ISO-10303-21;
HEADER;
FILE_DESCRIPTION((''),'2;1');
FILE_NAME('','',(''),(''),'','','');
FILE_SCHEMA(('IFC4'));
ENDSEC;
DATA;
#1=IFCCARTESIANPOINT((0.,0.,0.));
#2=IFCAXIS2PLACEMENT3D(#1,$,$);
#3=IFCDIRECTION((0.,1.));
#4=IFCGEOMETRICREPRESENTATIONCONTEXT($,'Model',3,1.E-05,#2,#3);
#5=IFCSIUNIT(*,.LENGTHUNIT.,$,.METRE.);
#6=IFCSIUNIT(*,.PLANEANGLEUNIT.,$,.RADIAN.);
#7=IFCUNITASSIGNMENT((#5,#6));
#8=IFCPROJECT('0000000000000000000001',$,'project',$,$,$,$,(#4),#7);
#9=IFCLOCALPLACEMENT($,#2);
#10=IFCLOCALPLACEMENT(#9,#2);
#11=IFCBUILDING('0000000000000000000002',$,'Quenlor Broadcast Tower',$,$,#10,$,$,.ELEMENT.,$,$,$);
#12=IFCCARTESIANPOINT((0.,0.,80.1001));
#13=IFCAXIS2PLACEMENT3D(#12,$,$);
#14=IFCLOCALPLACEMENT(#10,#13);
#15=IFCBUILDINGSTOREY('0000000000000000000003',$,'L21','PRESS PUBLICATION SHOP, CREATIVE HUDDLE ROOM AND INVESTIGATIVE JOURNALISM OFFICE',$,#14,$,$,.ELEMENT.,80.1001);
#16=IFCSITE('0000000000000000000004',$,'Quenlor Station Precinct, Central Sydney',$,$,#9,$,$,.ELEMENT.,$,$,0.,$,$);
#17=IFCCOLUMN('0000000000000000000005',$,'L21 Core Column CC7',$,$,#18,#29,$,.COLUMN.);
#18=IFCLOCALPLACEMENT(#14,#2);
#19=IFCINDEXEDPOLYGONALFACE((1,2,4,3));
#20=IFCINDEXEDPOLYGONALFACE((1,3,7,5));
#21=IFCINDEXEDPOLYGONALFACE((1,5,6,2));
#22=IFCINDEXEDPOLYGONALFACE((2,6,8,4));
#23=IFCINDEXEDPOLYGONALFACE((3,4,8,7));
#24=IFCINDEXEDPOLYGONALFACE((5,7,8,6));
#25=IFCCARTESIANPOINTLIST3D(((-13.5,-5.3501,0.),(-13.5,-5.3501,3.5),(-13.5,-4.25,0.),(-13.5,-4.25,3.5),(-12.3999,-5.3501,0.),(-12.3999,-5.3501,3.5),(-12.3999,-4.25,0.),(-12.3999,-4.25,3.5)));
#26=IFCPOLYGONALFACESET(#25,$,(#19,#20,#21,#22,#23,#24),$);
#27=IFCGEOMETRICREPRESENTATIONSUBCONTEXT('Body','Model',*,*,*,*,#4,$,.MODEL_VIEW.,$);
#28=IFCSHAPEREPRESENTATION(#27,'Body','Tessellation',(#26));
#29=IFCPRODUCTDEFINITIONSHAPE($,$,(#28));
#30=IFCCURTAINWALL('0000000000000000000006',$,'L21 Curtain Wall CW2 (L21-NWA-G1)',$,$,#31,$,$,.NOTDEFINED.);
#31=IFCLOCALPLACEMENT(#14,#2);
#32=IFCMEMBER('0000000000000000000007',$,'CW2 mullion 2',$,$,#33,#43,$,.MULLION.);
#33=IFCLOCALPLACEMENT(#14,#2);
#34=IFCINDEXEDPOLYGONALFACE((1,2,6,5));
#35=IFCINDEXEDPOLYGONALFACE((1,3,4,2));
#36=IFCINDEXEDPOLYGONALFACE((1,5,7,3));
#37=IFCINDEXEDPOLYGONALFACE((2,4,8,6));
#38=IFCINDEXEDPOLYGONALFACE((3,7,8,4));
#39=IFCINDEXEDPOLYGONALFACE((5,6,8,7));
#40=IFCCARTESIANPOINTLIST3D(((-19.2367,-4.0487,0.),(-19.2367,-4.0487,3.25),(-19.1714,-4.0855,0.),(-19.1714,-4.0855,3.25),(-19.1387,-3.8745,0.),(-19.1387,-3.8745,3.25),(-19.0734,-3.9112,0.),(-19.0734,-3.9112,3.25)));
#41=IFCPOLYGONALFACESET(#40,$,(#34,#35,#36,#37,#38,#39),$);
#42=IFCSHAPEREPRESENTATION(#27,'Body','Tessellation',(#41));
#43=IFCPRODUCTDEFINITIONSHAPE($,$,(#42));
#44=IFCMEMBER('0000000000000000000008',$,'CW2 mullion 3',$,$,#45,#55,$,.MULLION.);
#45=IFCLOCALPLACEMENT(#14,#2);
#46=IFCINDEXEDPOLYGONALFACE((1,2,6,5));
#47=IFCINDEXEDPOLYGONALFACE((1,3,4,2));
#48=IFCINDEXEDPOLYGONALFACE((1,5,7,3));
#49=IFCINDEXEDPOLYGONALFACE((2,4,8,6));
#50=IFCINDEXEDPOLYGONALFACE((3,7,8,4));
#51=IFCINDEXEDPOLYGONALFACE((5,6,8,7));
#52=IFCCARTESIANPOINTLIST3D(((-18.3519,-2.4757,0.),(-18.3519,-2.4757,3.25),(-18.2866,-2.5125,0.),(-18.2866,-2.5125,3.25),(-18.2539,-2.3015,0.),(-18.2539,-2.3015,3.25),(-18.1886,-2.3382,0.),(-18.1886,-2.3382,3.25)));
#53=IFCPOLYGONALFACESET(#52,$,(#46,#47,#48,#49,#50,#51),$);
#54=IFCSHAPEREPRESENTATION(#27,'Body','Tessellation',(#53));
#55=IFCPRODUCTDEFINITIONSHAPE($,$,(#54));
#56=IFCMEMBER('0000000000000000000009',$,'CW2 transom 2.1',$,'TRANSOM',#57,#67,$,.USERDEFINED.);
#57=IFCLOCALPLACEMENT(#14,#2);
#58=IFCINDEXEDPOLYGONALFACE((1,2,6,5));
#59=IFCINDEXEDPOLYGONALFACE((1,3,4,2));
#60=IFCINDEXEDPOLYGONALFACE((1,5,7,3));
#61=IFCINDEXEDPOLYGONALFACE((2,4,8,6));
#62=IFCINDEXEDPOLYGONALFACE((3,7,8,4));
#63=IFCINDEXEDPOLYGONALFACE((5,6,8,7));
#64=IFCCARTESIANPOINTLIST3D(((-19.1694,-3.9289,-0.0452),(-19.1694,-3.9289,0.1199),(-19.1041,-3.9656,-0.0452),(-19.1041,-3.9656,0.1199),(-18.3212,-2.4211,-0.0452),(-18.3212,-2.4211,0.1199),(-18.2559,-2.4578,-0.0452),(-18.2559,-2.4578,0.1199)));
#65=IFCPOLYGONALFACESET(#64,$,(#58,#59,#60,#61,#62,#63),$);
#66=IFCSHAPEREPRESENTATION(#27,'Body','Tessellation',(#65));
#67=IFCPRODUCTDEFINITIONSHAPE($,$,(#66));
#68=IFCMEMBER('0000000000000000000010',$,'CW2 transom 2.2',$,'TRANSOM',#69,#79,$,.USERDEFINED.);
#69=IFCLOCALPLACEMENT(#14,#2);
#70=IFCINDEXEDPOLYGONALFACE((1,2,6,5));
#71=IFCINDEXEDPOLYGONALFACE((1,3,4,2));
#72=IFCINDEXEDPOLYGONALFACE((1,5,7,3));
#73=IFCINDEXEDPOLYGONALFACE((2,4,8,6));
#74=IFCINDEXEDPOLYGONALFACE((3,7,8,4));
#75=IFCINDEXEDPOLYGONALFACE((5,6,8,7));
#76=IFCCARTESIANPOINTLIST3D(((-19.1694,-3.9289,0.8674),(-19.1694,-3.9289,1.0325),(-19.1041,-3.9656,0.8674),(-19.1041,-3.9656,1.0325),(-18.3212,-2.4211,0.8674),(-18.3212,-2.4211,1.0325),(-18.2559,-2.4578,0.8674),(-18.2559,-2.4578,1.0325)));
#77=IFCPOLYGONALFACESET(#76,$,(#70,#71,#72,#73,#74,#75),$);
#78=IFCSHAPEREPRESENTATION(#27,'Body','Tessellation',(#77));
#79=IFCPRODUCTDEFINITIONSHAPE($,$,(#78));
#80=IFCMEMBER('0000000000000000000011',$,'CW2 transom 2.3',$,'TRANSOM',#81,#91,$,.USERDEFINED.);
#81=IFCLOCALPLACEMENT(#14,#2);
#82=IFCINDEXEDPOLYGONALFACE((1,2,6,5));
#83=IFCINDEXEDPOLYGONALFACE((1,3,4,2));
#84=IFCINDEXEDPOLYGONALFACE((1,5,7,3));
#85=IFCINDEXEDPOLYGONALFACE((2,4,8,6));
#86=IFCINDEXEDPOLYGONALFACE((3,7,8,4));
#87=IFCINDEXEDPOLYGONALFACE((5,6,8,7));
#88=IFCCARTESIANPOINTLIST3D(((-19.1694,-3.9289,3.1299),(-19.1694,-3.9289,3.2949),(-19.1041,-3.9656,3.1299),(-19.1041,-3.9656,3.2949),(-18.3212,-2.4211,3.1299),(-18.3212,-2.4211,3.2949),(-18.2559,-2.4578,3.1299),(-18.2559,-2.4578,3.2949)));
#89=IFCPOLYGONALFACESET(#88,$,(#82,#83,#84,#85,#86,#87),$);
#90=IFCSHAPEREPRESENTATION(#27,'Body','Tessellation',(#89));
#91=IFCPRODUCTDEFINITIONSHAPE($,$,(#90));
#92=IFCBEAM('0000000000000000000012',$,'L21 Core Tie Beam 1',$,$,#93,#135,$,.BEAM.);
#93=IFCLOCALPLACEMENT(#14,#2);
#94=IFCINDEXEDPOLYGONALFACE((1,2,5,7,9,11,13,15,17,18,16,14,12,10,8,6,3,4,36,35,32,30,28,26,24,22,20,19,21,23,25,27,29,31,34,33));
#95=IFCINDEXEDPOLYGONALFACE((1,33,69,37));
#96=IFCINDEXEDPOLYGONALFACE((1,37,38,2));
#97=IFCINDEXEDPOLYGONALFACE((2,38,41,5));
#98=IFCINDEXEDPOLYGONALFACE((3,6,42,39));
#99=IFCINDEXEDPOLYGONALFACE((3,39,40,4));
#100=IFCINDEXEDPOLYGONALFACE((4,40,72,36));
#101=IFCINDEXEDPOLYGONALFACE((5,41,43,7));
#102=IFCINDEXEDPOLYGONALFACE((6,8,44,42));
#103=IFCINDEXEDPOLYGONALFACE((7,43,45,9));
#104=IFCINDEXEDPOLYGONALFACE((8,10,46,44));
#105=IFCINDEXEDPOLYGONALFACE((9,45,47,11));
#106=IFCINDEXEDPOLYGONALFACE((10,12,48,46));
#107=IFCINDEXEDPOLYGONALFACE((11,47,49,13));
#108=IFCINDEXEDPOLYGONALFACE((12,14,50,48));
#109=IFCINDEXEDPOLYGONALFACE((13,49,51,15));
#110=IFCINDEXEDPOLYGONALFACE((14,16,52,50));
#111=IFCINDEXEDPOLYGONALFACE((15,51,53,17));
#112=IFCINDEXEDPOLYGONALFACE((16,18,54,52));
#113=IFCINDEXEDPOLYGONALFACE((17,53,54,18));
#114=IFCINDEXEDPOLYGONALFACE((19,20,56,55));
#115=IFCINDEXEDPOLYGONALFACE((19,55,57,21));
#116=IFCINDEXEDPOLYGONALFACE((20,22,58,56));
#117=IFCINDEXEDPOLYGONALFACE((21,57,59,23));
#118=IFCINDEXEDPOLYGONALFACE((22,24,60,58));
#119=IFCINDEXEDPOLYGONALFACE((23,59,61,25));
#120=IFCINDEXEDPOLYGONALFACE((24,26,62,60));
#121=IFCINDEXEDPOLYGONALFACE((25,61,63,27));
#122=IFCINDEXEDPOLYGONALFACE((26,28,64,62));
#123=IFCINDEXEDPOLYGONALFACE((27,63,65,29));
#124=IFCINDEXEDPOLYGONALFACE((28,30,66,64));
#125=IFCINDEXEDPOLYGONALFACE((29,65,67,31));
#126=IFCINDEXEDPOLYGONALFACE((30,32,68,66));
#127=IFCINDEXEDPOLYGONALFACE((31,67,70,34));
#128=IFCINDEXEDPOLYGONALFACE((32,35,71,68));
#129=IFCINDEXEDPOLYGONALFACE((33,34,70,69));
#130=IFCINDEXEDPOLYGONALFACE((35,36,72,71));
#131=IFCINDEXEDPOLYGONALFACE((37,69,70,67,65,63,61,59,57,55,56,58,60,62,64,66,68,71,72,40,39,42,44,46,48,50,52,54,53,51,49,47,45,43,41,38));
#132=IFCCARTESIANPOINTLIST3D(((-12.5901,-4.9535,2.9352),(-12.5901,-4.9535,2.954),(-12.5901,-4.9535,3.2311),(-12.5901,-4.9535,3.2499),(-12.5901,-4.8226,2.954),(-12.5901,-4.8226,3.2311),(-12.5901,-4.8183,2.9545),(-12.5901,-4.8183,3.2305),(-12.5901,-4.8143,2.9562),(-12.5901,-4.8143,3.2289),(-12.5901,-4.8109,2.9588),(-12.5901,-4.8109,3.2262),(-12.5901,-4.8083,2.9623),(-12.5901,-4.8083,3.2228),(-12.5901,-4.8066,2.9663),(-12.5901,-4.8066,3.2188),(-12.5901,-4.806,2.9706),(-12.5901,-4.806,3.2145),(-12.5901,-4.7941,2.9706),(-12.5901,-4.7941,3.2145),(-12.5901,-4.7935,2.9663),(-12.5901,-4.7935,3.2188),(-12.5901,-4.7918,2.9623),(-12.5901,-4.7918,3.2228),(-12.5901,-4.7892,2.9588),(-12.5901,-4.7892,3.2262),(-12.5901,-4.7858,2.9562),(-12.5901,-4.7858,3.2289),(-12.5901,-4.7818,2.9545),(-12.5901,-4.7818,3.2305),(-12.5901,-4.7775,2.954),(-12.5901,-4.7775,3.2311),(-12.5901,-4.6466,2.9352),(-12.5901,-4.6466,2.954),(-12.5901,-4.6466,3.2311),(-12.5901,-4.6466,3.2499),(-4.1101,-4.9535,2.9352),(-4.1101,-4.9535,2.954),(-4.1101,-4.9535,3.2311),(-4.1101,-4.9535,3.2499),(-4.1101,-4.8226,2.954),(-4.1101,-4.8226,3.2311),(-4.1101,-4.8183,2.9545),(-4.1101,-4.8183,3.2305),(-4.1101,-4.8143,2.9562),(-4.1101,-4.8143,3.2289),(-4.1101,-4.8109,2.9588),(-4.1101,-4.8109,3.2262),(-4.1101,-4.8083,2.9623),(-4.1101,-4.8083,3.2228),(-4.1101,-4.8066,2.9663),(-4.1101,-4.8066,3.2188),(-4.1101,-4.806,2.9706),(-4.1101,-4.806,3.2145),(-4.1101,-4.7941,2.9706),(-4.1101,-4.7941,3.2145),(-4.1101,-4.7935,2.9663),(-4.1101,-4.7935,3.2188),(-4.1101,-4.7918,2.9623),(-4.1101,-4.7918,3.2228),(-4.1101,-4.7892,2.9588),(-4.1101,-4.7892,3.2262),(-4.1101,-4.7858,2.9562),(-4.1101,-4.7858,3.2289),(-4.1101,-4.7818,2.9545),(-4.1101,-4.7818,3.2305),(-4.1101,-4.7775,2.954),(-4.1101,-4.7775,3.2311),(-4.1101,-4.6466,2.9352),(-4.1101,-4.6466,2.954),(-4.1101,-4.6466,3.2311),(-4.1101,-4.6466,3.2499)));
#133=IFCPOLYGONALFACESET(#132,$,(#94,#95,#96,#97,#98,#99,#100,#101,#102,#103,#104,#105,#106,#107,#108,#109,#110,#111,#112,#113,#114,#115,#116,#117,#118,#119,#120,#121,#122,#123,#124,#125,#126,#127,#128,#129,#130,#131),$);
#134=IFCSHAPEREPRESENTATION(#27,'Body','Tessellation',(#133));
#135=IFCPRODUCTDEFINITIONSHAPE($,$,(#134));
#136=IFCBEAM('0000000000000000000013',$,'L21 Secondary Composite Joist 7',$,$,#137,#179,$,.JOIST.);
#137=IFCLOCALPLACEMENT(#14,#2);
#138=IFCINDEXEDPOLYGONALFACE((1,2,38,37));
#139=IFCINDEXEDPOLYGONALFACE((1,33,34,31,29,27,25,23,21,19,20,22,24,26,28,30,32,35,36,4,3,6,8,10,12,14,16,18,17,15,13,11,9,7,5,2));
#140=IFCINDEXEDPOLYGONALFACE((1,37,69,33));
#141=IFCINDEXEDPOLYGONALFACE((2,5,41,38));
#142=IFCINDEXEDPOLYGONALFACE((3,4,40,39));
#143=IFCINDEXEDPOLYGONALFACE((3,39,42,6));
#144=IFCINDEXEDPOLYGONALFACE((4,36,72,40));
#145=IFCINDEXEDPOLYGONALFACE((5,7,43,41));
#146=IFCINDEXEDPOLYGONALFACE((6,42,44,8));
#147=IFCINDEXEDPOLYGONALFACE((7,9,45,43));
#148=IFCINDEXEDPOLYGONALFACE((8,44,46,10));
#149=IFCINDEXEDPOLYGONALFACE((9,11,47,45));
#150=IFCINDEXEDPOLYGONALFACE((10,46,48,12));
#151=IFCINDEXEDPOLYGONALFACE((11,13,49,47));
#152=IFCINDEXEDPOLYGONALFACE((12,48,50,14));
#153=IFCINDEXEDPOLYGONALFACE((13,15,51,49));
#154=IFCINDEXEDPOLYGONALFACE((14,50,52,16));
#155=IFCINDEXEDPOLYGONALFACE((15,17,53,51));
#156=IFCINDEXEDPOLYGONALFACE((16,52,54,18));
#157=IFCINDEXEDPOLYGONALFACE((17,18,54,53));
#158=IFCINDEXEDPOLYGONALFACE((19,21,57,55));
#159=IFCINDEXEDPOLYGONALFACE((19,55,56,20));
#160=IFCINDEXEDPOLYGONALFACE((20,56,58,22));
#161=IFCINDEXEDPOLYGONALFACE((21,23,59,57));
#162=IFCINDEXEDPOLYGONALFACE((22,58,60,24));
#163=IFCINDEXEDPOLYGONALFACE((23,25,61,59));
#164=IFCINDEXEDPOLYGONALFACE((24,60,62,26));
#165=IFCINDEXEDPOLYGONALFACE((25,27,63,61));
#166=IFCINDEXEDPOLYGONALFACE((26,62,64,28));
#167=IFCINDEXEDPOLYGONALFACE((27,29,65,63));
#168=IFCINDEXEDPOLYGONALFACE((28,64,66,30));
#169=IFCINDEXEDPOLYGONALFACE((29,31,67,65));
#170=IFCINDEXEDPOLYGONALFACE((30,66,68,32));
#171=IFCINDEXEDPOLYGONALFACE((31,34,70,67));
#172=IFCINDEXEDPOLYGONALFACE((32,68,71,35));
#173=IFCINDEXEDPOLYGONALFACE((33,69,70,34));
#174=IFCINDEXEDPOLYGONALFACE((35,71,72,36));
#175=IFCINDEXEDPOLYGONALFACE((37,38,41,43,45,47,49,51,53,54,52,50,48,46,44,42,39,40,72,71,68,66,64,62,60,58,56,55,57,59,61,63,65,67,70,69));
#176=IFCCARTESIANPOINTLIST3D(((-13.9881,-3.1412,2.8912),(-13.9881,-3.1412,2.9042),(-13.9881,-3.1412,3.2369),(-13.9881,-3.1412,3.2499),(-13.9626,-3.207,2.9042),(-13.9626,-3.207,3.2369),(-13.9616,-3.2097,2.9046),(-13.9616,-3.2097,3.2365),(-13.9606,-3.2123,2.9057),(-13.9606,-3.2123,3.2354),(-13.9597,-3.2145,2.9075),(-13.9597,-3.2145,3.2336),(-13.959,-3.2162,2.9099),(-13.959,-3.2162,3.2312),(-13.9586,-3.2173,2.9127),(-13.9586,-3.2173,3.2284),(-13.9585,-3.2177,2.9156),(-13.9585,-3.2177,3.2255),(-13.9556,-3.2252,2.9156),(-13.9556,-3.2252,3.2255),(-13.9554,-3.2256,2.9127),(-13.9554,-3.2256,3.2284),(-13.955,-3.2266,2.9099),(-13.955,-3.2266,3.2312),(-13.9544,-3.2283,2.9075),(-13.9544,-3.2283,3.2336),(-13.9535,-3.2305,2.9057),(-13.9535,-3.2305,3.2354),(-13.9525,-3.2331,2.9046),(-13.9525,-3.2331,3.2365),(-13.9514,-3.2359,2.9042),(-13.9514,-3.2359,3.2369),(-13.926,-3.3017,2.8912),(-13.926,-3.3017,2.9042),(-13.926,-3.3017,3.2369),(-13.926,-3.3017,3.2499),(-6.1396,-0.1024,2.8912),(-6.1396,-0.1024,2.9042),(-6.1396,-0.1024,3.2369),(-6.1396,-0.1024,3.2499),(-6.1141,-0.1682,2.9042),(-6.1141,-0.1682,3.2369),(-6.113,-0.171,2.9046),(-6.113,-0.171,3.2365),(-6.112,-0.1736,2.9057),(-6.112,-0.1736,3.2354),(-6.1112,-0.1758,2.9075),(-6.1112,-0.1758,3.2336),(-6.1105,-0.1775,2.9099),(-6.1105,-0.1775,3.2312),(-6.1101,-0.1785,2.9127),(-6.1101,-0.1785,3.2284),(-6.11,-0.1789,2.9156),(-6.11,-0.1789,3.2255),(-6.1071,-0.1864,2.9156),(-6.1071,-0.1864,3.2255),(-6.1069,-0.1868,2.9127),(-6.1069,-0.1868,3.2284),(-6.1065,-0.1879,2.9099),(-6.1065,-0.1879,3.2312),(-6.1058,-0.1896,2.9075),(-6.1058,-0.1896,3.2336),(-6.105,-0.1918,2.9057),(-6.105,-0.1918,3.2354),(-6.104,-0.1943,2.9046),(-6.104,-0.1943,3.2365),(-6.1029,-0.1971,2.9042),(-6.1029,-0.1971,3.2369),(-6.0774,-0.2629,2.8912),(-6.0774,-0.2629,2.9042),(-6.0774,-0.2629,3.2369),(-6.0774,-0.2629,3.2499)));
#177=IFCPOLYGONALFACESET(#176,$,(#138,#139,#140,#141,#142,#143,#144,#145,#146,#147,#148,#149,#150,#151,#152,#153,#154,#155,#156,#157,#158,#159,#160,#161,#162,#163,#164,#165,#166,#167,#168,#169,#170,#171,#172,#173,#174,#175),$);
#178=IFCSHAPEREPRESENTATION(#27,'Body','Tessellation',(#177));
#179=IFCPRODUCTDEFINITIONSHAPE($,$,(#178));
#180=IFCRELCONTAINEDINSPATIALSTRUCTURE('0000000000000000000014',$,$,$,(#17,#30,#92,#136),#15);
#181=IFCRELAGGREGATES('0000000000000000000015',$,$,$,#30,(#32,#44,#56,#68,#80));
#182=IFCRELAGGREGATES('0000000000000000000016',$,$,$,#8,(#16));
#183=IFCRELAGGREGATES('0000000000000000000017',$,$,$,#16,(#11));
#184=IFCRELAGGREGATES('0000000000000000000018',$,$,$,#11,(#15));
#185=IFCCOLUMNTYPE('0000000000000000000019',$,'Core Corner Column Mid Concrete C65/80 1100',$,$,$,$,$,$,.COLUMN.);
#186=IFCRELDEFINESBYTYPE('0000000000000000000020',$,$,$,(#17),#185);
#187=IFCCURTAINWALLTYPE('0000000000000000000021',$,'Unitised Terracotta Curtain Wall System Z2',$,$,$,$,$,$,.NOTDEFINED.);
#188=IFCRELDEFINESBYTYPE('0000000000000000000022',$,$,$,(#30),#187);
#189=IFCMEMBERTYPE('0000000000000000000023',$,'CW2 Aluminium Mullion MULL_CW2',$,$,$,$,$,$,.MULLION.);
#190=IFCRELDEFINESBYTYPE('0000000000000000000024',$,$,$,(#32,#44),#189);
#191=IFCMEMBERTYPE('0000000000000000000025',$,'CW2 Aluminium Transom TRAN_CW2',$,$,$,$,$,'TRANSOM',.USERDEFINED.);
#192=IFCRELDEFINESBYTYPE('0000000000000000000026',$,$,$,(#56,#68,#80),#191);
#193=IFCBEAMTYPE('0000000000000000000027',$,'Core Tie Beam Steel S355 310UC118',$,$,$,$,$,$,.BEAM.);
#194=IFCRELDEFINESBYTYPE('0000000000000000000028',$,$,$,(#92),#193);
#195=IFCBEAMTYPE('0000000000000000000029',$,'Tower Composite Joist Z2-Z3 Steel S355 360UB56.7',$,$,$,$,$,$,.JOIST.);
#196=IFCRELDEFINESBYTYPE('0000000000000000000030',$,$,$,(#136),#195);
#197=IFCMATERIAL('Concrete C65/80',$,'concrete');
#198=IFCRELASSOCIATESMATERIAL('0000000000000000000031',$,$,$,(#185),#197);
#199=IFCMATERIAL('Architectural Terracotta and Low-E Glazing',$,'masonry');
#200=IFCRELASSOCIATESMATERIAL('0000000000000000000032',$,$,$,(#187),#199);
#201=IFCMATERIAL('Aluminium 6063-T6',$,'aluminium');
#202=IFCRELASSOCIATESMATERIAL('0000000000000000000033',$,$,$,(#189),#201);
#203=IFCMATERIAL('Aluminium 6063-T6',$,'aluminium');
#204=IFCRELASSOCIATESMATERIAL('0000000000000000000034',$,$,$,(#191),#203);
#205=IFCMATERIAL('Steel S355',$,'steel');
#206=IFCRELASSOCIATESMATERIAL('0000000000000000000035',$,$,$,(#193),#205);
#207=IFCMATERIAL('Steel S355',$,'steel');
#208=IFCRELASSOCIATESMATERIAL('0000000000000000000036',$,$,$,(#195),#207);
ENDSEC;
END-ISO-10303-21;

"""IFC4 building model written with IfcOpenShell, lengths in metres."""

from ifc_helpers import new_model, si_unit, direction, frame, origin, origin_2d, place, context, subcontext, project, spatial, rectangle, i_section, extrude, material, material_profile, profile_set, type_object, element, aggregate, save


model = new_model("IFC4")

# Units and contexts
model_context = context("Model", 3, precision=1e-05, world=origin(), true_north=direction((0.0, 1.0)))
body_context = subcontext(model_context, "Body", "Model", "MODEL_VIEW")
ifc_project = project(units=[si_unit("LENGTHUNIT", "METRE"), si_unit("PLANEANGLEUNIT", "RADIAN")], contexts=[model_context])

# Site, building, storey
site_placement = place(None, origin())
site = spatial("IfcSite", under=ifc_project, at=site_placement, Name="Quenlor Station Precinct, Central Sydney", CompositionType="ELEMENT", RefElevation=0.0)
building_placement = place(site_placement, origin())
building = spatial("IfcBuilding", under=site, at=building_placement, Name="Quenlor Broadcast Tower", CompositionType="ELEMENT")
storey_placement = place(building_placement, frame((0.0, 0.0, 80.1001)))
storey = spatial("IfcBuildingStorey", under=building, at=storey_placement, Name="L21", Description="PRESS PUBLICATION SHOP, CREATIVE HUDDLE ROOM AND INVESTIGATIVE JOURNALISM OFFICE", CompositionType="ELEMENT", Elevation=80.1001)

# Column
ifc_material_1 = material(Name="Concrete C65/80", Category="concrete")
ifc_material_profile_1 = material_profile(ifc_material_1, rectangle(XDim=1.1001, YDim=1.1001, at=origin_2d()))
ifc_profile_set_1 = profile_set([ifc_material_profile_1], Name="Concrete C65/80 RC1100x1100")
column_type = type_object("IfcColumnType", Name="Core Corner Column Mid Concrete C65/80 1100", PredefinedType="COLUMN", material=ifc_profile_set_1)
column_placement = place(storey_placement, frame((-12.95, -4.8, 0.0), z_axis=(0.0, 0.0, 1.0), x_axis=(1.0, 0.0, 0.0)))
element("IfcColumn", 1, at=column_placement, inside=storey, type_object=column_type, Name="L21 Core Column CC7", PredefinedType="COLUMN", context=body_context, shape_type="SweptSolid", body=[
    extrude(rectangle(XDim=1.1001, YDim=1.1001, at=origin_2d()), origin(), (0.0, 0.0, 1.0), 3.5),
])

# Curtain wall, members
ifc_material_2 = material(Name="Architectural Terracotta and Low-E Glazing", Category="masonry")
curtain_wall_type = type_object("IfcCurtainWallType", Name="Unitised Terracotta Curtain Wall System Z2", PredefinedType="NOTDEFINED", material=ifc_material_2)
curtain_wall_placement = place(storey_placement, origin())
curtain_wall = element("IfcCurtainWall", 2, at=curtain_wall_placement, inside=storey, type_object=curtain_wall_type, Name="L21 Curtain Wall CW2 (L21-NWA-G1)", PredefinedType="NOTDEFINED")
ifc_material_3 = material(Name="Aluminium 6063-T6", Category="aluminium")
ifc_material_profile_2 = material_profile(ifc_material_3, rectangle(XDim=0.075, YDim=0.2, at=origin_2d()))
ifc_profile_set_2 = profile_set([ifc_material_profile_2], Name="Aluminium 6063-T6 MULL75x200")
member_type_1 = type_object("IfcMemberType", Name="CW2 Aluminium Mullion MULL_CW2", PredefinedType="MULLION", material=ifc_profile_set_2)
member_1_placement = place(storey_placement, frame((-19.155, -3.98, 0.0), z_axis=(0.0, 0.0, 1.0), x_axis=(-0.871567, 0.490277, 0.0)))
member_1 = element("IfcMember", 3, at=member_1_placement, type_object=member_type_1, Name="CW2 mullion 2", PredefinedType="MULLION", context=body_context, shape_type="SweptSolid", body=[
    extrude(rectangle(XDim=0.075, YDim=0.2, at=origin_2d()), origin(), (0.0, 0.0, 1.0), 3.25),
])
member_2_placement = place(storey_placement, frame((-18.2703, -2.407, 0.0), z_axis=(0.0, 0.0, 1.0), x_axis=(-0.871567, 0.490277, 0.0)))
member_2 = element("IfcMember", 4, at=member_2_placement, type_object=member_type_1, Name="CW2 mullion 3", PredefinedType="MULLION", context=body_context, shape_type="SweptSolid", body=[
    extrude(rectangle(XDim=0.075, YDim=0.2, at=origin_2d()), origin(), (0.0, 0.0, 1.0), 3.25),
])
ifc_material_4 = material(Name="Aluminium 6063-T6", Category="aluminium")
ifc_material_profile_3 = material_profile(ifc_material_4, rectangle(XDim=0.075, YDim=0.165, at=origin_2d()))
ifc_profile_set_3 = profile_set([ifc_material_profile_3], Name="Aluminium 6063-T6 TRAN75x165")
member_type_2 = type_object("IfcMemberType", Name="CW2 Aluminium Transom TRAN_CW2", ElementType="TRANSOM", PredefinedType="USERDEFINED", material=ifc_profile_set_3)
member_3_placement = place(storey_placement, frame((-19.1367, -3.9473, 0.0374), z_axis=(0.490261, 0.871576, 0.0), x_axis=(-0.871576, 0.490261, 0.0)))
member_3 = element("IfcMember", 5, at=member_3_placement, type_object=member_type_2, Name="CW2 transom 2.1", ObjectType="TRANSOM", PredefinedType="USERDEFINED", context=body_context, shape_type="SweptSolid", body=[
    extrude(rectangle(XDim=0.075, YDim=0.165, at=origin_2d()), origin(), (0.0, 0.0, 1.0), 1.73),
])
member_4_placement = place(storey_placement, frame((-19.1367, -3.9473, 0.95), z_axis=(0.490261, 0.871576, 0.0), x_axis=(-0.871576, 0.490261, 0.0)))
member_4 = element("IfcMember", 6, at=member_4_placement, type_object=member_type_2, Name="CW2 transom 2.2", ObjectType="TRANSOM", PredefinedType="USERDEFINED", context=body_context, shape_type="SweptSolid", body=[
    extrude(rectangle(XDim=0.075, YDim=0.165, at=origin_2d()), origin(), (0.0, 0.0, 1.0), 1.73),
])
member_5_placement = place(storey_placement, frame((-19.1367, -3.9473, 3.2124), z_axis=(0.490261, 0.871576, 0.0), x_axis=(-0.871576, 0.490261, 0.0)))
member_5 = element("IfcMember", 7, at=member_5_placement, type_object=member_type_2, Name="CW2 transom 2.3", ObjectType="TRANSOM", PredefinedType="USERDEFINED", context=body_context, shape_type="SweptSolid", body=[
    extrude(rectangle(XDim=0.075, YDim=0.165, at=origin_2d()), origin(), (0.0, 0.0, 1.0), 1.73),
])

# Beams
ifc_material_5 = material(Name="Steel S355", Category="steel")
ifc_material_profile_4 = material_profile(ifc_material_5, i_section(OverallWidth=0.3069, OverallDepth=0.3147, WebThickness=0.012, FlangeThickness=0.0188, FilletRadius=0.0166, at=origin_2d()))
ifc_profile_set_4 = profile_set([ifc_material_profile_4], Name="Steel S355 310UC118")
beam_type_1 = type_object("IfcBeamType", Name="Core Tie Beam Steel S355 310UC118", PredefinedType="BEAM", material=ifc_profile_set_4)
beam_1_placement = place(storey_placement, frame((-12.5901, -4.8, 3.0925), z_axis=(1.0, 0.0, 0.0), x_axis=(0.0, 1.0, 0.0)))
element("IfcBeam", 8, at=beam_1_placement, inside=storey, type_object=beam_type_1, Name="L21 Core Tie Beam 1", PredefinedType="BEAM", context=body_context, shape_type="SweptSolid", body=[
    extrude(i_section(OverallWidth=0.3069, OverallDepth=0.3147, WebThickness=0.012, FlangeThickness=0.0188, FilletRadius=0.0166, at=origin_2d()), origin(), (0.0, 0.0, 1.0), 8.48),
])
ifc_material_6 = material(Name="Steel S355", Category="steel")
ifc_material_profile_5 = material_profile(ifc_material_6, i_section(OverallWidth=0.1721, OverallDepth=0.3586, WebThickness=0.0081, FlangeThickness=0.0129, FilletRadius=0.0115, at=origin_2d()))
ifc_profile_set_5 = profile_set([ifc_material_profile_5], Name="Steel S355 360UB56.7")
beam_type_2 = type_object("IfcBeamType", Name="Tower Composite Joist Z2-Z3 Steel S355 360UB56.7", PredefinedType="JOIST", material=ifc_profile_set_5)
beam_2_placement = place(storey_placement, frame((-13.957, -3.2214, 3.0706), z_axis=(0.932543, 0.36106, 0.0), x_axis=(-0.36106, 0.932543, 0.0)))
element("IfcBeam", 9, at=beam_2_placement, inside=storey, type_object=beam_type_2, Name="L21 Secondary Composite Joist 7", PredefinedType="JOIST", context=body_context, shape_type="SweptSolid", body=[
    extrude(i_section(OverallWidth=0.1721, OverallDepth=0.3586, WebThickness=0.0081, FlangeThickness=0.0129, FilletRadius=0.0115, at=origin_2d()), origin(), (0.0, 0.0, 1.0), 8.4163),
])

aggregate(curtain_wall, [member_1, member_2, member_3, member_4, member_5])

save(model, "model.ifc")
